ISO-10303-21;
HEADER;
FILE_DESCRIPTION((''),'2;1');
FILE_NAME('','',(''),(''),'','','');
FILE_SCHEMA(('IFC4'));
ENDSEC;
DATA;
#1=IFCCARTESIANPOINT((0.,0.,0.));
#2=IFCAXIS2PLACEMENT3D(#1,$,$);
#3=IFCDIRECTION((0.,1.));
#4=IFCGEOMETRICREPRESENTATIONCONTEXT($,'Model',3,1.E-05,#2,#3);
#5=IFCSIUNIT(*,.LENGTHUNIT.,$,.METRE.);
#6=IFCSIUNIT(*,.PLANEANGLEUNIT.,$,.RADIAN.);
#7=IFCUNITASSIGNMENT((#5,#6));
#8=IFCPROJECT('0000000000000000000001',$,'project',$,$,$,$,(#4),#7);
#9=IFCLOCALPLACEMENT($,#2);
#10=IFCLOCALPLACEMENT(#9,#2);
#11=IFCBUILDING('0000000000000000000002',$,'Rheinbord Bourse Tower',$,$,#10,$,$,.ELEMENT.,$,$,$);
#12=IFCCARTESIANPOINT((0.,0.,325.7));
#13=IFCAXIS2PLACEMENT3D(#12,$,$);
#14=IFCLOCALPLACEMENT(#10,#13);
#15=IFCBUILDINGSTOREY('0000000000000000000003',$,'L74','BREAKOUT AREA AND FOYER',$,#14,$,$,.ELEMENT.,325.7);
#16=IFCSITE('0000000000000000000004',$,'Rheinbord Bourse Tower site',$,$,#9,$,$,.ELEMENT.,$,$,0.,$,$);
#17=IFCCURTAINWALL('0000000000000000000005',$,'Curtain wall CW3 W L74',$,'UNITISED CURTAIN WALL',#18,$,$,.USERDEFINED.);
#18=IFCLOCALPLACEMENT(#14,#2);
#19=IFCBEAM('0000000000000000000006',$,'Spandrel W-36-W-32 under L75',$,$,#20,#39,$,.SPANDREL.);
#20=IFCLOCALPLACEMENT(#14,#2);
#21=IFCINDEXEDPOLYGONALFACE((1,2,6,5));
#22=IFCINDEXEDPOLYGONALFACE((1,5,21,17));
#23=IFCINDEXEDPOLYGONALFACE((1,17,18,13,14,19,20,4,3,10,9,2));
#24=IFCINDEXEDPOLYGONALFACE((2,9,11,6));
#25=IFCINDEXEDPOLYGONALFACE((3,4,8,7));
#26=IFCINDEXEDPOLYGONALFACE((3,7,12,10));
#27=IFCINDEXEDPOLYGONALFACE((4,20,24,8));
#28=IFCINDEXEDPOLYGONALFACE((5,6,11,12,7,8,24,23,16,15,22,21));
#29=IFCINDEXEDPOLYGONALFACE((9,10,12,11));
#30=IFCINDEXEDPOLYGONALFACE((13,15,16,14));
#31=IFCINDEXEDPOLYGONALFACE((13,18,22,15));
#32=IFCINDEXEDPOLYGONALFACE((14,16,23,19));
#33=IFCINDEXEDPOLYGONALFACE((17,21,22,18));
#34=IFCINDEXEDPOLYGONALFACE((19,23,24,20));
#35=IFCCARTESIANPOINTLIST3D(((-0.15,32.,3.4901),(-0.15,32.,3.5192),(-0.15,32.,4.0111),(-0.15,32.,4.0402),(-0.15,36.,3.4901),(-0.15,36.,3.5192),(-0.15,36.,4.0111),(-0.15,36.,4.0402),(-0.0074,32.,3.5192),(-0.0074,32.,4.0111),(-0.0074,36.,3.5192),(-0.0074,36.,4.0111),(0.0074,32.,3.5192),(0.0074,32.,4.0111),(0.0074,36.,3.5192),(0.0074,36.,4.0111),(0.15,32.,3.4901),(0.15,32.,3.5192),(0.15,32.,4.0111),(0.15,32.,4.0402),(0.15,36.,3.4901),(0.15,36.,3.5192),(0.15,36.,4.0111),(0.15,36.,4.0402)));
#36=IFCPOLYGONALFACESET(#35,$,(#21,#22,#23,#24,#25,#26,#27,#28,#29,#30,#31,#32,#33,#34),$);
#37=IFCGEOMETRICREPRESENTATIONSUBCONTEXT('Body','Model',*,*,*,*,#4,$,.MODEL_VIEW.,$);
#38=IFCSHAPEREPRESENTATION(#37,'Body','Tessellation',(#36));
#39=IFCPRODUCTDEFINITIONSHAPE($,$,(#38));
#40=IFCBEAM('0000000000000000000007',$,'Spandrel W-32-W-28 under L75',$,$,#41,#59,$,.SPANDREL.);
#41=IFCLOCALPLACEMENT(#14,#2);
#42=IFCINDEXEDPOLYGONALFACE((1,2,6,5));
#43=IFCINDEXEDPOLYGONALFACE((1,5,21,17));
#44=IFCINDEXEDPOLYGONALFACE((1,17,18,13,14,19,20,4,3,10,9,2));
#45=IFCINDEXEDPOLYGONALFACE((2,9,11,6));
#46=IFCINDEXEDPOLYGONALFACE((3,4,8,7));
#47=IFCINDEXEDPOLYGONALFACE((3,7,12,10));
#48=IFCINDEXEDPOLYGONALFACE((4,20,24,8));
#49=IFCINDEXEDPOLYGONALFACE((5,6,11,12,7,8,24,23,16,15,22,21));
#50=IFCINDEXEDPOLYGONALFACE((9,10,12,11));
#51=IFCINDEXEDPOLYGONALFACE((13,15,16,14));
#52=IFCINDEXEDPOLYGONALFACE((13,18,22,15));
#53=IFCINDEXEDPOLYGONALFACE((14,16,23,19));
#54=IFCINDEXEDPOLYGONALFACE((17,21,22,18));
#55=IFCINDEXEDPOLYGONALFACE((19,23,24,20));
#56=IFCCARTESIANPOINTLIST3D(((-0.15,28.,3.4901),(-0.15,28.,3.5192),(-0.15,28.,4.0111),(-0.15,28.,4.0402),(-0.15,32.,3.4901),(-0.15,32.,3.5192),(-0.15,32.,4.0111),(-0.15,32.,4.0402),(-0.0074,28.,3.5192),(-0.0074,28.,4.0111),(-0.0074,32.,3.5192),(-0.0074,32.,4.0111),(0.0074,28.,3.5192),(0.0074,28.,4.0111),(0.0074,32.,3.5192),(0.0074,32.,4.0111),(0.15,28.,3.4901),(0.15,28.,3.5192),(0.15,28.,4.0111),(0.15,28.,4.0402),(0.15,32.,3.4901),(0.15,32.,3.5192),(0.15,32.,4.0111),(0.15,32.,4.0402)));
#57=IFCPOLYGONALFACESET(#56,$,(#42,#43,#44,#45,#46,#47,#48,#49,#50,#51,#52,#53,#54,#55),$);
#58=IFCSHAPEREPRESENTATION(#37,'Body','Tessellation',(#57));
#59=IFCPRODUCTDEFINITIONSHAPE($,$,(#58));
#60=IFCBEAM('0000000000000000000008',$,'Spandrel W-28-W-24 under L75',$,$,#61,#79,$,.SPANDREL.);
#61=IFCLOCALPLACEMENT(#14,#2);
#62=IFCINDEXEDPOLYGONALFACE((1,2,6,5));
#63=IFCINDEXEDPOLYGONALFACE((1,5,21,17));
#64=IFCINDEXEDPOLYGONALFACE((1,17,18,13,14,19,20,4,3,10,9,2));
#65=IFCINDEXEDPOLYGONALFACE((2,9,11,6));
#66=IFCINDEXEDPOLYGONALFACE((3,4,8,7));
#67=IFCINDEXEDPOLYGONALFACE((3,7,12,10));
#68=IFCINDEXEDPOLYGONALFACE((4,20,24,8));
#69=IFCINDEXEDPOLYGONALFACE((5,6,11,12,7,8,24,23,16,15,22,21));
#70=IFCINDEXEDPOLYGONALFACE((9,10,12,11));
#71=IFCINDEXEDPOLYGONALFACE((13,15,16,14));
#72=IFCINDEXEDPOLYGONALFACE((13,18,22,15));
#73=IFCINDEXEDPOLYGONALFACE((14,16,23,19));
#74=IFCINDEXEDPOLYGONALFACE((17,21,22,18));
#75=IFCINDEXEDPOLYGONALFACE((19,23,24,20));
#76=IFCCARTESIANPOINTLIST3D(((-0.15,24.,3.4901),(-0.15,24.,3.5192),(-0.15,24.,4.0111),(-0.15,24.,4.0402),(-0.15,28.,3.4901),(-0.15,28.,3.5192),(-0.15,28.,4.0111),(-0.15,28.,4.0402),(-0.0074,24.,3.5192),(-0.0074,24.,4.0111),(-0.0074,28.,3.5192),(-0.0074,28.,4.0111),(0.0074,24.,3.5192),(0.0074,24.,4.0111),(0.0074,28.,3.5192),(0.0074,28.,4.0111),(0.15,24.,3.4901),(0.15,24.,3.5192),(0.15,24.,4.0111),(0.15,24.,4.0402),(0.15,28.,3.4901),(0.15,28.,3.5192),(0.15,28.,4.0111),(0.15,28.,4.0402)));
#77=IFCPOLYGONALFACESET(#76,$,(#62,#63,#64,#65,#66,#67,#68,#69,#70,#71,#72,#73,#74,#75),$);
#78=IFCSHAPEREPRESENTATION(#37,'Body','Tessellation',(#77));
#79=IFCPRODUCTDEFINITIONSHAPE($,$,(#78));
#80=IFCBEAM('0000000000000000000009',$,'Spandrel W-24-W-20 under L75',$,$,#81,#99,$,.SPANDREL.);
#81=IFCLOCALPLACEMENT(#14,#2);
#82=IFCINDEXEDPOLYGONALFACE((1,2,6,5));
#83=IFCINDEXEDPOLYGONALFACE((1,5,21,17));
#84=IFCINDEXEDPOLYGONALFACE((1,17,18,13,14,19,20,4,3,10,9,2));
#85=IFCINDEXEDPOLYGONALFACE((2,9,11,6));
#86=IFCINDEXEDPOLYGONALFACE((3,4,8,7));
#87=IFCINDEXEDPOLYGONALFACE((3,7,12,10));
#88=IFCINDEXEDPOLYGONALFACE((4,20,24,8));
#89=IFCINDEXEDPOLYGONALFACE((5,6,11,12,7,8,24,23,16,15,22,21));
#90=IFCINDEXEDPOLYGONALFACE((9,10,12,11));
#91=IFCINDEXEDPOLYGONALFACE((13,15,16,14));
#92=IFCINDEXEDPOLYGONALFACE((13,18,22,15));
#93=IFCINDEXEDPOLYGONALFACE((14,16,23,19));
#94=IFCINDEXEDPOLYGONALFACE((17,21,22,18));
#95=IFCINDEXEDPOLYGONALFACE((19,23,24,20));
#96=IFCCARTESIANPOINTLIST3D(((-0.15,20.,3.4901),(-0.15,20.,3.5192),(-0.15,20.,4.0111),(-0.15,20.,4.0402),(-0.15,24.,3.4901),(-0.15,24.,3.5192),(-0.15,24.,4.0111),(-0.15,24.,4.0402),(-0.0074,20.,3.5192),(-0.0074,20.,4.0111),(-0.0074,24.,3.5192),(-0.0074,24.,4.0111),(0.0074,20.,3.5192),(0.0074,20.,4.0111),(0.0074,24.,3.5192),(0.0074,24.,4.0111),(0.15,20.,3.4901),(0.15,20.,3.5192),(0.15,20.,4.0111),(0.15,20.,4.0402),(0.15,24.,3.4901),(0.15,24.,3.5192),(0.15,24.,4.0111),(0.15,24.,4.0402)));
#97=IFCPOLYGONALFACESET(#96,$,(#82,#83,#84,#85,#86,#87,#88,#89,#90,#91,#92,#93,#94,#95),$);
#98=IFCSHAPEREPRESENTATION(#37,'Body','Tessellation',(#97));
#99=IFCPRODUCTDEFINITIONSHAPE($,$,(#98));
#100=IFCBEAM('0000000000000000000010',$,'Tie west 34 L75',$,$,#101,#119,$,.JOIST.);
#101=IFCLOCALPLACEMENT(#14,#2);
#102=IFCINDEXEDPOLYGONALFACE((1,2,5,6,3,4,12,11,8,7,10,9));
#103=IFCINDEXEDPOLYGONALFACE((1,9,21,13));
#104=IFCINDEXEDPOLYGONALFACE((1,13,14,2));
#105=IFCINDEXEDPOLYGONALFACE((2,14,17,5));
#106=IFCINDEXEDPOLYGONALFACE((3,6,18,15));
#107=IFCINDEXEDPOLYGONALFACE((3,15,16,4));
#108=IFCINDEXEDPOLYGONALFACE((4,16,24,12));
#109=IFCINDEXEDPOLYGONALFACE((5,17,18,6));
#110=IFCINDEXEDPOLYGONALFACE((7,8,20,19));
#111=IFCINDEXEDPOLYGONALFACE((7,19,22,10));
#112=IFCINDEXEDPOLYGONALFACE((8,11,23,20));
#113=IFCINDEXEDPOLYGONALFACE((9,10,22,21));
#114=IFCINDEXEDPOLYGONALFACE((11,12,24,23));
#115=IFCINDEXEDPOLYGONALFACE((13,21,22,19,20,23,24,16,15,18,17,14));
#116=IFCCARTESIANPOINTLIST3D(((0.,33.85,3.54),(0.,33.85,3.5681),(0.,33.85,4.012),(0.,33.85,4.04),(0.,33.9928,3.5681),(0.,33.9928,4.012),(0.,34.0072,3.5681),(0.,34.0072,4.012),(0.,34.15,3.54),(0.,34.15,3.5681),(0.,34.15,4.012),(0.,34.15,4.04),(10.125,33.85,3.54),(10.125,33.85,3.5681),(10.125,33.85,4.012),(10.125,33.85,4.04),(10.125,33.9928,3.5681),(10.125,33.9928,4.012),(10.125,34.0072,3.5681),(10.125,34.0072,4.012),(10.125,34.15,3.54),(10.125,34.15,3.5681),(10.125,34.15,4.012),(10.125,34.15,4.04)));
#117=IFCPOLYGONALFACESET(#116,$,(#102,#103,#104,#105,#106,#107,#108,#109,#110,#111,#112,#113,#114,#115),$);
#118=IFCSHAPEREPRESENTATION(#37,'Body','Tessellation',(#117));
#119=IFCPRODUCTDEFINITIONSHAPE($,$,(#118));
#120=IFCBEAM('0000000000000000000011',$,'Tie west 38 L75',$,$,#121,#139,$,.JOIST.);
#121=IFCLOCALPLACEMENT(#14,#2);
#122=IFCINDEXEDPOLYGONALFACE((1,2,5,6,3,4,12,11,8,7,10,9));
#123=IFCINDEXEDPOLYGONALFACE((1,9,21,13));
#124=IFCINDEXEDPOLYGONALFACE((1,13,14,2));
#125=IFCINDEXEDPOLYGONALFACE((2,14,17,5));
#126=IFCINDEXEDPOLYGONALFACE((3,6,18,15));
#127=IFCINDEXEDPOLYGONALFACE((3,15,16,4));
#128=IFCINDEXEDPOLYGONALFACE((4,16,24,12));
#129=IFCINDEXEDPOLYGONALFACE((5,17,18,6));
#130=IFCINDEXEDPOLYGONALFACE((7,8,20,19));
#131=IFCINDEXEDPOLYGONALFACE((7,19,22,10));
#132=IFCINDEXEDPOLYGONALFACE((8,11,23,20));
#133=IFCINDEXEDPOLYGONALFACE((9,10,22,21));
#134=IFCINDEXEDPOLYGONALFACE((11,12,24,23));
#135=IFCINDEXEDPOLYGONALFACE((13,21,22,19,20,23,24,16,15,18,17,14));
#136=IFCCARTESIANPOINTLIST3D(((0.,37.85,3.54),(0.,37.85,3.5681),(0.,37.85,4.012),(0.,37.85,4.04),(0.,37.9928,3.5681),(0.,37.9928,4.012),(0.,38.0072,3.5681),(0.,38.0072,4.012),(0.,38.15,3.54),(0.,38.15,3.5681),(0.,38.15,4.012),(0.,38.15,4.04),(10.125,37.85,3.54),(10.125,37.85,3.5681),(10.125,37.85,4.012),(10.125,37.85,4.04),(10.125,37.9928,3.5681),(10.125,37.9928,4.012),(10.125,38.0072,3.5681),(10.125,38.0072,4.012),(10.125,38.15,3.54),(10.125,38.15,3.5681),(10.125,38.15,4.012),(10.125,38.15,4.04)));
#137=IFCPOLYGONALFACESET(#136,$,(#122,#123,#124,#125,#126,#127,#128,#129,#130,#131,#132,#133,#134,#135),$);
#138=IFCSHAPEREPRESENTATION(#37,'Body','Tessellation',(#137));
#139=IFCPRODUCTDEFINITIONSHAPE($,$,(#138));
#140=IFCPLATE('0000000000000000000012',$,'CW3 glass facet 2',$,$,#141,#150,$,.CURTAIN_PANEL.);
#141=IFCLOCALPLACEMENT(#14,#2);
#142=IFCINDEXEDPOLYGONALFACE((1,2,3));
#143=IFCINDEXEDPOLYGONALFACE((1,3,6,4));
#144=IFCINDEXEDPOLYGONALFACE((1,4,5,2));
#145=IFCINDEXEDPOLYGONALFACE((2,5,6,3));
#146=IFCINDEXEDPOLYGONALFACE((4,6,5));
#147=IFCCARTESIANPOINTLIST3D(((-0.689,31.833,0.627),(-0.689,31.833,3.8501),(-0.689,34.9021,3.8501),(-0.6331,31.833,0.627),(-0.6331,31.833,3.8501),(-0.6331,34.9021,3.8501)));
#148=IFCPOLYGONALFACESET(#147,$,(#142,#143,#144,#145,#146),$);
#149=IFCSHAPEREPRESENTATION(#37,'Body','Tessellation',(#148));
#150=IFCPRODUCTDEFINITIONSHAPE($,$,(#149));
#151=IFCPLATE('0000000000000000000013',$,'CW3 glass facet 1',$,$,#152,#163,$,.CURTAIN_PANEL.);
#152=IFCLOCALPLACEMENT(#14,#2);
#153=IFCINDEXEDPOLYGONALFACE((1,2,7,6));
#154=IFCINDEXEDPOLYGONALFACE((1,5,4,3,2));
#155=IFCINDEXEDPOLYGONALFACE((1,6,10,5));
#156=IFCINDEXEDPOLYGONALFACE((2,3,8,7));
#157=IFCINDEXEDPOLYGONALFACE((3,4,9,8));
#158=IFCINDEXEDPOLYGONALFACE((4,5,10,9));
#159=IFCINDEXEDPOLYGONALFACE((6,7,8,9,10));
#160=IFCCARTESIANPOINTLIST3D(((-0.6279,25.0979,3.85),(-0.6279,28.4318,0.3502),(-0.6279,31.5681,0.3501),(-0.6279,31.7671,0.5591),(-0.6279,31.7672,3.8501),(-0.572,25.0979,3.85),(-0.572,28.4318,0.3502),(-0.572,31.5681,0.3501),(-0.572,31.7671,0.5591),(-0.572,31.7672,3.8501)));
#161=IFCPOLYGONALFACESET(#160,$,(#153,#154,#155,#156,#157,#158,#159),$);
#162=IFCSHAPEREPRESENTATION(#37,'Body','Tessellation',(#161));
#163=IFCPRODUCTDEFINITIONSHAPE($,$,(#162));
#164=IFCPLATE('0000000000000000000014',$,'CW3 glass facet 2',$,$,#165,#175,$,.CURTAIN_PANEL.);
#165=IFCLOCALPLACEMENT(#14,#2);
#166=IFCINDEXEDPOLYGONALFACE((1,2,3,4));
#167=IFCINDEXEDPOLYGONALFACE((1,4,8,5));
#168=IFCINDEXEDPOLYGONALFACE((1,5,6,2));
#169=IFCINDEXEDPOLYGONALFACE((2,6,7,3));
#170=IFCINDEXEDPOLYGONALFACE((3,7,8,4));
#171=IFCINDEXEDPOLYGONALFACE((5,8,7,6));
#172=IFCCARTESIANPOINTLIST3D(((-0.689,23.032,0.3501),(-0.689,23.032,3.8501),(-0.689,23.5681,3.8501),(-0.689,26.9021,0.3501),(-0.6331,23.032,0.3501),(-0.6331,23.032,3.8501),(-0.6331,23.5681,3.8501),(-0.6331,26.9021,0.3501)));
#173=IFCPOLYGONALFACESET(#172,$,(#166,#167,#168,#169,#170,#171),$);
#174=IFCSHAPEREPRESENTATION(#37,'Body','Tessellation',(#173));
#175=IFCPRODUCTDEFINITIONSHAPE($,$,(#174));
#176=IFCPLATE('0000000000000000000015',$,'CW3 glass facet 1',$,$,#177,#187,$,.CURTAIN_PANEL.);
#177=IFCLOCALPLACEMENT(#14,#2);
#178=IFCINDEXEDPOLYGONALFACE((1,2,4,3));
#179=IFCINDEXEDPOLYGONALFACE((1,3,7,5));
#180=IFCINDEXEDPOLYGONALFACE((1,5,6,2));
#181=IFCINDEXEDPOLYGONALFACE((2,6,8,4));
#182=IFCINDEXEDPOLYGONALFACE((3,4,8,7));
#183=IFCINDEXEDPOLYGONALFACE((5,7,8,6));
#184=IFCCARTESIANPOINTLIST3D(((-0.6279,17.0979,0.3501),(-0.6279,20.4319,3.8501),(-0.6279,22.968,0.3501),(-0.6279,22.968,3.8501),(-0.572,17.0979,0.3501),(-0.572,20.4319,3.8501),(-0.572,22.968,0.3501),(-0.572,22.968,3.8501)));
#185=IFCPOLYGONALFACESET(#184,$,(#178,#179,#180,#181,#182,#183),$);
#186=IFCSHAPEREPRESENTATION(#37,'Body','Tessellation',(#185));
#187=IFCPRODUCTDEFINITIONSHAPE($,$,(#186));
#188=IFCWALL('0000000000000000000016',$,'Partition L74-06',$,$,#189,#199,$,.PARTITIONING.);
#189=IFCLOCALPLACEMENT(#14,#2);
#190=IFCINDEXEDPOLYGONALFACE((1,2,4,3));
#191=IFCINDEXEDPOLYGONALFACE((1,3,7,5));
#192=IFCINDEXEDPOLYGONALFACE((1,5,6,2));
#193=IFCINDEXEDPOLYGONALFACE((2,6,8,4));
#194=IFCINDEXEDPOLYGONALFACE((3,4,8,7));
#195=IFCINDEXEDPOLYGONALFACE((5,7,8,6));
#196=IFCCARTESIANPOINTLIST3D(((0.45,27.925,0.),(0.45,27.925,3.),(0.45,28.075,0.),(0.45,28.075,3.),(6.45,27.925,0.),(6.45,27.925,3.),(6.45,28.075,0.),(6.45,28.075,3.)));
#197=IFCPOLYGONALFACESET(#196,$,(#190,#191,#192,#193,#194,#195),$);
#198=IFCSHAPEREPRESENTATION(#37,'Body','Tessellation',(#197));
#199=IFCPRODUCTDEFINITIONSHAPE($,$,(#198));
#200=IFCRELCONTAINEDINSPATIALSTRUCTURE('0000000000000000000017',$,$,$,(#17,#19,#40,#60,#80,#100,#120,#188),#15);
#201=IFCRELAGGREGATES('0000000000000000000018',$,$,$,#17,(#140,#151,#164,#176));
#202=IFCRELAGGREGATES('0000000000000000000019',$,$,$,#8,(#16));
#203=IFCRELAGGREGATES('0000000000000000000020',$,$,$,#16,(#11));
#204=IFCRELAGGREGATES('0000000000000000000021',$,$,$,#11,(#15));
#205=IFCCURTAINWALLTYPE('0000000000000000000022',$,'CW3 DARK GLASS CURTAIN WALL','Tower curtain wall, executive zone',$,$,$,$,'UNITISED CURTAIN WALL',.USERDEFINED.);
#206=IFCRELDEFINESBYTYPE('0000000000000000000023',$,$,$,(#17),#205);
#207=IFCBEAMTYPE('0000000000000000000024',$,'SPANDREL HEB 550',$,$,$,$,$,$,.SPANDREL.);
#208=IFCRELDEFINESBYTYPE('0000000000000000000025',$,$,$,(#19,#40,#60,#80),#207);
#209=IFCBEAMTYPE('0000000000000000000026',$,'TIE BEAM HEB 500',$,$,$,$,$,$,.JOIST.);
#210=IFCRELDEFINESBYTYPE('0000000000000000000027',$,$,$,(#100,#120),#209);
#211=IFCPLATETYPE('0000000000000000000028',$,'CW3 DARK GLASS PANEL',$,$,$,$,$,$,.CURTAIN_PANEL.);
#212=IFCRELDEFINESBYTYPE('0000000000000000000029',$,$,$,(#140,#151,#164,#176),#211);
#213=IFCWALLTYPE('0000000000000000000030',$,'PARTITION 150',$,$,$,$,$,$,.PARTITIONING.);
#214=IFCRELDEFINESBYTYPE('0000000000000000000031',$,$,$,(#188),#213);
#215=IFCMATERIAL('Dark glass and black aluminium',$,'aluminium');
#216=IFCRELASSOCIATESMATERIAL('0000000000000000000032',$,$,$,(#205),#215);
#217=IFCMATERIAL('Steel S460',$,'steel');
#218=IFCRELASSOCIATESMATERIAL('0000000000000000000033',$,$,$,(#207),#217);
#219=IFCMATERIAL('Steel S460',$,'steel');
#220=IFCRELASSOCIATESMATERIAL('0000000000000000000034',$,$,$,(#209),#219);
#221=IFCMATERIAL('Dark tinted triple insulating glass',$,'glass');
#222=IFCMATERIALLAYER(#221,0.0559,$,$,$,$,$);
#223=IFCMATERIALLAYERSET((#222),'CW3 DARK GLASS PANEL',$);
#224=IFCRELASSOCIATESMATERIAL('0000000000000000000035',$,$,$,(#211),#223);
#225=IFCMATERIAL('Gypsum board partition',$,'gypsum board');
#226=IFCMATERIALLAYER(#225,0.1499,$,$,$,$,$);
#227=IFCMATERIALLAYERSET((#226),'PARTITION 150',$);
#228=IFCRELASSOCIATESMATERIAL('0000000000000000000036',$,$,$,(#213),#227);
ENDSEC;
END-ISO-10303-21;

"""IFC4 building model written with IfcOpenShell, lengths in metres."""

from ifc_helpers import new_model, si_unit, direction, frame, frame_2d, origin, origin_2d, place, context, subcontext, project, spatial, polyline, rectangle, i_section, outline, extrude, material, layer, layer_set, material_profile, profile_set, type_object, element, aggregate, save


model = new_model("IFC4")

# Units and contexts
model_context = context("Model", 3, precision=1e-05, world=origin(), true_north=direction((0.0, 1.0)))
body_context = subcontext(model_context, "Body", "Model", "MODEL_VIEW")
ifc_project = project(units=[si_unit("LENGTHUNIT", "METRE"), si_unit("PLANEANGLEUNIT", "RADIAN")], contexts=[model_context])

# Site, building, storey
site_placement = place(None, origin())
site = spatial("IfcSite", under=ifc_project, at=site_placement, Name="Rheinbord Bourse Tower site", CompositionType="ELEMENT", RefElevation=0.0)
building_placement = place(site_placement, origin())
building = spatial("IfcBuilding", under=site, at=building_placement, Name="Rheinbord Bourse Tower", CompositionType="ELEMENT")
storey_placement = place(building_placement, frame((0.0, 0.0, 325.7)))
storey = spatial("IfcBuildingStorey", under=building, at=storey_placement, Name="L74", Description="BREAKOUT AREA AND FOYER", CompositionType="ELEMENT", Elevation=325.7)

# Curtain wall
ifc_material_1 = material(Name="Dark glass and black aluminium", Category="aluminium")
curtain_wall_type = type_object("IfcCurtainWallType", Name="CW3 DARK GLASS CURTAIN WALL", Description="Tower curtain wall, executive zone", ElementType="UNITISED CURTAIN WALL", PredefinedType="USERDEFINED", material=ifc_material_1)
curtain_wall_placement = place(storey_placement, origin())
curtain_wall = element("IfcCurtainWall", 1, at=curtain_wall_placement, inside=storey, type_object=curtain_wall_type, Name="Curtain wall CW3 W L74", ObjectType="UNITISED CURTAIN WALL", PredefinedType="USERDEFINED")

# Beams
ifc_material_2 = material(Name="Steel S460", Category="steel")
ifc_material_profile_1 = material_profile(ifc_material_2, i_section(OverallWidth=0.3, OverallDepth=0.55, WebThickness=0.0149, FlangeThickness=0.0291, at=origin_2d()), Name="HEB 550")
ifc_profile_set_1 = profile_set([ifc_material_profile_1], Name="Steel S460")
beam_type_1 = type_object("IfcBeamType", Name="SPANDREL HEB 550", PredefinedType="SPANDREL", material=ifc_profile_set_1)
for number, where, z_axis, x_axis, name in (
    (2, (0.0, 36.0, 3.7651), (0.0, -1.0, 0.0), (1.0, 0.0, 0.0), "Spandrel W-36-W-32 under L75"),
    (3, (0.0, 32.0, 3.7651), (0.0, -1.0, 0.0), (1.0, 0.0, 0.0), "Spandrel W-32-W-28 under L75"),
    (4, (0.0, 28.0, 3.7651), (0.0, -1.0, 0.0), (1.0, 0.0, 0.0), "Spandrel W-28-W-24 under L75"),
    (5, (0.0, 24.0, 3.7651), (0.0, -1.0, 0.0), (1.0, 0.0, 0.0), "Spandrel W-24-W-20 under L75"),
):
    element("IfcBeam", number, at=place(storey_placement, frame(where, z_axis=z_axis, x_axis=x_axis)), inside=storey, type_object=beam_type_1, Name=name, PredefinedType="SPANDREL", context=body_context, shape_type="SweptSolid", body=[
        extrude(i_section(OverallWidth=0.3, OverallDepth=0.55, WebThickness=0.0149, FlangeThickness=0.0291, at=origin_2d()), origin(), (0.0, 0.0, 1.0), 4.0),
    ])
ifc_material_3 = material(Name="Steel S460", Category="steel")
ifc_material_profile_2 = material_profile(ifc_material_3, i_section(OverallWidth=0.3, OverallDepth=0.5, WebThickness=0.0144, FlangeThickness=0.0281, at=origin_2d()), Name="HEB 500")
ifc_profile_set_2 = profile_set([ifc_material_profile_2], Name="Steel S460")
beam_type_2 = type_object("IfcBeamType", Name="TIE BEAM HEB 500", PredefinedType="JOIST", material=ifc_profile_set_2)
for number, where, z_axis, x_axis, name in (
    (6, (0.0, 34.0, 3.79), (1.0, 0.0, 0.0), (0.0, 1.0, 0.0), "Tie west 34 L75"),
    (7, (0.0, 38.0, 3.79), (1.0, 0.0, 0.0), (0.0, 1.0, 0.0), "Tie west 38 L75"),
):
    element("IfcBeam", number, at=place(storey_placement, frame(where, z_axis=z_axis, x_axis=x_axis)), inside=storey, type_object=beam_type_2, Name=name, PredefinedType="JOIST", context=body_context, shape_type="SweptSolid", body=[
        extrude(i_section(OverallWidth=0.3, OverallDepth=0.5, WebThickness=0.0144, FlangeThickness=0.0281, at=origin_2d()), origin(), (0.0, 0.0, 1.0), 10.125),
    ])

# Plates
ifc_material_4 = material(Name="Dark tinted triple insulating glass", Category="glass")
ifc_layer_1 = layer(ifc_material_4, 0.0559)
ifc_layer_set_1 = layer_set([ifc_layer_1], Name="CW3 DARK GLASS PANEL")
plate_type = type_object("IfcPlateType", Name="CW3 DARK GLASS PANEL", PredefinedType="CURTAIN_PANEL", material=ifc_layer_set_1)
plate_1_placement = place(storey_placement, frame((-0.689, 31.833, 3.8501), z_axis=(1.0, 0.0, 0.0), x_axis=(0.0, 0.0, -1.0)))
plate_1 = element("IfcPlate", 8, at=plate_1_placement, type_object=plate_type, Name="CW3 glass facet 2", PredefinedType="CURTAIN_PANEL", context=body_context, shape_type="SweptSolid", body=[
    extrude(outline(polyline([(0.0, 0.0), (3.2231, 0.0), (0.0, 3.0691), (0.0, 0.0)])), origin(), (0.0, 0.0, 1.0), 0.0559),
])
plate_2_placement = place(storey_placement, frame((-0.6279, 31.5681, 0.3501), z_axis=(1.0, 0.0, 0.0), x_axis=(0.0, 0.68955, 0.724239)))
plate_2 = element("IfcPlate", 9, at=plate_2_placement, type_object=plate_type, Name="CW3 glass facet 1", PredefinedType="CURTAIN_PANEL", context=body_context, shape_type="SweptSolid", body=[
    extrude(outline(polyline([(0.0, 0.0), (0.2886, 0.0), (2.6721, 2.2693), (-1.9268, 7.0994), (-2.1626, 2.2715), (0.0, 0.0)])), origin(), (0.0, 0.0, 1.0), 0.0559),
])
plate_3_placement = place(storey_placement, frame((-0.689, 23.032, 3.8501), z_axis=(1.0, 0.0, 0.0), x_axis=(0.0, 0.0, -1.0)))
plate_3 = element("IfcPlate", 10, at=plate_3_placement, type_object=plate_type, Name="CW3 glass facet 2", PredefinedType="CURTAIN_PANEL", context=body_context, shape_type="SweptSolid", body=[
    extrude(outline(polyline([(0.0, 0.0), (3.5, 0.0), (3.5, 3.8701), (0.0, 0.5361), (0.0, 0.0)])), origin(), (0.0, 0.0, 1.0), 0.0559),
])
plate_4_placement = place(storey_placement, frame((-0.6279, 22.968, 0.3501), z_axis=(1.0, 0.0, 0.0), x_axis=(0.0, 0.0, 1.0)))
plate_4 = element("IfcPlate", 11, at=plate_4_placement, type_object=plate_type, Name="CW3 glass facet 1", PredefinedType="CURTAIN_PANEL", context=body_context, shape_type="SweptSolid", body=[
    extrude(outline(polyline([(0.0, 0.0), (3.5, 0.0), (3.5, 2.5361), (0.0, 5.8701), (0.0, 0.0)])), origin(), (0.0, 0.0, 1.0), 0.0559),
])
aggregate(curtain_wall, [plate_1, plate_2, plate_3, plate_4])

# Wall
ifc_material_5 = material(Name="Gypsum board partition", Category="gypsum board")
ifc_layer_2 = layer(ifc_material_5, 0.1499)
ifc_layer_set_2 = layer_set([ifc_layer_2], Name="PARTITION 150")
wall_type = type_object("IfcWallType", Name="PARTITION 150", PredefinedType="PARTITIONING", material=ifc_layer_set_2)
wall_1_placement = place(storey_placement, frame((0.45, 28.0, 0.0), z_axis=(0.0, 0.0, 1.0), x_axis=(1.0, 0.0, 0.0)))
element("IfcWall", 12, at=wall_1_placement, inside=storey, type_object=wall_type, Name="Partition L74-06", PredefinedType="PARTITIONING", context=body_context, shape_type="SweptSolid", body=[
    extrude(rectangle(XDim=6.0, YDim=0.1499, at=frame_2d((3.0, 0.0))), origin(), (0.0, 0.0, 1.0), 3.0),
])

save(model, "model.ifc")
